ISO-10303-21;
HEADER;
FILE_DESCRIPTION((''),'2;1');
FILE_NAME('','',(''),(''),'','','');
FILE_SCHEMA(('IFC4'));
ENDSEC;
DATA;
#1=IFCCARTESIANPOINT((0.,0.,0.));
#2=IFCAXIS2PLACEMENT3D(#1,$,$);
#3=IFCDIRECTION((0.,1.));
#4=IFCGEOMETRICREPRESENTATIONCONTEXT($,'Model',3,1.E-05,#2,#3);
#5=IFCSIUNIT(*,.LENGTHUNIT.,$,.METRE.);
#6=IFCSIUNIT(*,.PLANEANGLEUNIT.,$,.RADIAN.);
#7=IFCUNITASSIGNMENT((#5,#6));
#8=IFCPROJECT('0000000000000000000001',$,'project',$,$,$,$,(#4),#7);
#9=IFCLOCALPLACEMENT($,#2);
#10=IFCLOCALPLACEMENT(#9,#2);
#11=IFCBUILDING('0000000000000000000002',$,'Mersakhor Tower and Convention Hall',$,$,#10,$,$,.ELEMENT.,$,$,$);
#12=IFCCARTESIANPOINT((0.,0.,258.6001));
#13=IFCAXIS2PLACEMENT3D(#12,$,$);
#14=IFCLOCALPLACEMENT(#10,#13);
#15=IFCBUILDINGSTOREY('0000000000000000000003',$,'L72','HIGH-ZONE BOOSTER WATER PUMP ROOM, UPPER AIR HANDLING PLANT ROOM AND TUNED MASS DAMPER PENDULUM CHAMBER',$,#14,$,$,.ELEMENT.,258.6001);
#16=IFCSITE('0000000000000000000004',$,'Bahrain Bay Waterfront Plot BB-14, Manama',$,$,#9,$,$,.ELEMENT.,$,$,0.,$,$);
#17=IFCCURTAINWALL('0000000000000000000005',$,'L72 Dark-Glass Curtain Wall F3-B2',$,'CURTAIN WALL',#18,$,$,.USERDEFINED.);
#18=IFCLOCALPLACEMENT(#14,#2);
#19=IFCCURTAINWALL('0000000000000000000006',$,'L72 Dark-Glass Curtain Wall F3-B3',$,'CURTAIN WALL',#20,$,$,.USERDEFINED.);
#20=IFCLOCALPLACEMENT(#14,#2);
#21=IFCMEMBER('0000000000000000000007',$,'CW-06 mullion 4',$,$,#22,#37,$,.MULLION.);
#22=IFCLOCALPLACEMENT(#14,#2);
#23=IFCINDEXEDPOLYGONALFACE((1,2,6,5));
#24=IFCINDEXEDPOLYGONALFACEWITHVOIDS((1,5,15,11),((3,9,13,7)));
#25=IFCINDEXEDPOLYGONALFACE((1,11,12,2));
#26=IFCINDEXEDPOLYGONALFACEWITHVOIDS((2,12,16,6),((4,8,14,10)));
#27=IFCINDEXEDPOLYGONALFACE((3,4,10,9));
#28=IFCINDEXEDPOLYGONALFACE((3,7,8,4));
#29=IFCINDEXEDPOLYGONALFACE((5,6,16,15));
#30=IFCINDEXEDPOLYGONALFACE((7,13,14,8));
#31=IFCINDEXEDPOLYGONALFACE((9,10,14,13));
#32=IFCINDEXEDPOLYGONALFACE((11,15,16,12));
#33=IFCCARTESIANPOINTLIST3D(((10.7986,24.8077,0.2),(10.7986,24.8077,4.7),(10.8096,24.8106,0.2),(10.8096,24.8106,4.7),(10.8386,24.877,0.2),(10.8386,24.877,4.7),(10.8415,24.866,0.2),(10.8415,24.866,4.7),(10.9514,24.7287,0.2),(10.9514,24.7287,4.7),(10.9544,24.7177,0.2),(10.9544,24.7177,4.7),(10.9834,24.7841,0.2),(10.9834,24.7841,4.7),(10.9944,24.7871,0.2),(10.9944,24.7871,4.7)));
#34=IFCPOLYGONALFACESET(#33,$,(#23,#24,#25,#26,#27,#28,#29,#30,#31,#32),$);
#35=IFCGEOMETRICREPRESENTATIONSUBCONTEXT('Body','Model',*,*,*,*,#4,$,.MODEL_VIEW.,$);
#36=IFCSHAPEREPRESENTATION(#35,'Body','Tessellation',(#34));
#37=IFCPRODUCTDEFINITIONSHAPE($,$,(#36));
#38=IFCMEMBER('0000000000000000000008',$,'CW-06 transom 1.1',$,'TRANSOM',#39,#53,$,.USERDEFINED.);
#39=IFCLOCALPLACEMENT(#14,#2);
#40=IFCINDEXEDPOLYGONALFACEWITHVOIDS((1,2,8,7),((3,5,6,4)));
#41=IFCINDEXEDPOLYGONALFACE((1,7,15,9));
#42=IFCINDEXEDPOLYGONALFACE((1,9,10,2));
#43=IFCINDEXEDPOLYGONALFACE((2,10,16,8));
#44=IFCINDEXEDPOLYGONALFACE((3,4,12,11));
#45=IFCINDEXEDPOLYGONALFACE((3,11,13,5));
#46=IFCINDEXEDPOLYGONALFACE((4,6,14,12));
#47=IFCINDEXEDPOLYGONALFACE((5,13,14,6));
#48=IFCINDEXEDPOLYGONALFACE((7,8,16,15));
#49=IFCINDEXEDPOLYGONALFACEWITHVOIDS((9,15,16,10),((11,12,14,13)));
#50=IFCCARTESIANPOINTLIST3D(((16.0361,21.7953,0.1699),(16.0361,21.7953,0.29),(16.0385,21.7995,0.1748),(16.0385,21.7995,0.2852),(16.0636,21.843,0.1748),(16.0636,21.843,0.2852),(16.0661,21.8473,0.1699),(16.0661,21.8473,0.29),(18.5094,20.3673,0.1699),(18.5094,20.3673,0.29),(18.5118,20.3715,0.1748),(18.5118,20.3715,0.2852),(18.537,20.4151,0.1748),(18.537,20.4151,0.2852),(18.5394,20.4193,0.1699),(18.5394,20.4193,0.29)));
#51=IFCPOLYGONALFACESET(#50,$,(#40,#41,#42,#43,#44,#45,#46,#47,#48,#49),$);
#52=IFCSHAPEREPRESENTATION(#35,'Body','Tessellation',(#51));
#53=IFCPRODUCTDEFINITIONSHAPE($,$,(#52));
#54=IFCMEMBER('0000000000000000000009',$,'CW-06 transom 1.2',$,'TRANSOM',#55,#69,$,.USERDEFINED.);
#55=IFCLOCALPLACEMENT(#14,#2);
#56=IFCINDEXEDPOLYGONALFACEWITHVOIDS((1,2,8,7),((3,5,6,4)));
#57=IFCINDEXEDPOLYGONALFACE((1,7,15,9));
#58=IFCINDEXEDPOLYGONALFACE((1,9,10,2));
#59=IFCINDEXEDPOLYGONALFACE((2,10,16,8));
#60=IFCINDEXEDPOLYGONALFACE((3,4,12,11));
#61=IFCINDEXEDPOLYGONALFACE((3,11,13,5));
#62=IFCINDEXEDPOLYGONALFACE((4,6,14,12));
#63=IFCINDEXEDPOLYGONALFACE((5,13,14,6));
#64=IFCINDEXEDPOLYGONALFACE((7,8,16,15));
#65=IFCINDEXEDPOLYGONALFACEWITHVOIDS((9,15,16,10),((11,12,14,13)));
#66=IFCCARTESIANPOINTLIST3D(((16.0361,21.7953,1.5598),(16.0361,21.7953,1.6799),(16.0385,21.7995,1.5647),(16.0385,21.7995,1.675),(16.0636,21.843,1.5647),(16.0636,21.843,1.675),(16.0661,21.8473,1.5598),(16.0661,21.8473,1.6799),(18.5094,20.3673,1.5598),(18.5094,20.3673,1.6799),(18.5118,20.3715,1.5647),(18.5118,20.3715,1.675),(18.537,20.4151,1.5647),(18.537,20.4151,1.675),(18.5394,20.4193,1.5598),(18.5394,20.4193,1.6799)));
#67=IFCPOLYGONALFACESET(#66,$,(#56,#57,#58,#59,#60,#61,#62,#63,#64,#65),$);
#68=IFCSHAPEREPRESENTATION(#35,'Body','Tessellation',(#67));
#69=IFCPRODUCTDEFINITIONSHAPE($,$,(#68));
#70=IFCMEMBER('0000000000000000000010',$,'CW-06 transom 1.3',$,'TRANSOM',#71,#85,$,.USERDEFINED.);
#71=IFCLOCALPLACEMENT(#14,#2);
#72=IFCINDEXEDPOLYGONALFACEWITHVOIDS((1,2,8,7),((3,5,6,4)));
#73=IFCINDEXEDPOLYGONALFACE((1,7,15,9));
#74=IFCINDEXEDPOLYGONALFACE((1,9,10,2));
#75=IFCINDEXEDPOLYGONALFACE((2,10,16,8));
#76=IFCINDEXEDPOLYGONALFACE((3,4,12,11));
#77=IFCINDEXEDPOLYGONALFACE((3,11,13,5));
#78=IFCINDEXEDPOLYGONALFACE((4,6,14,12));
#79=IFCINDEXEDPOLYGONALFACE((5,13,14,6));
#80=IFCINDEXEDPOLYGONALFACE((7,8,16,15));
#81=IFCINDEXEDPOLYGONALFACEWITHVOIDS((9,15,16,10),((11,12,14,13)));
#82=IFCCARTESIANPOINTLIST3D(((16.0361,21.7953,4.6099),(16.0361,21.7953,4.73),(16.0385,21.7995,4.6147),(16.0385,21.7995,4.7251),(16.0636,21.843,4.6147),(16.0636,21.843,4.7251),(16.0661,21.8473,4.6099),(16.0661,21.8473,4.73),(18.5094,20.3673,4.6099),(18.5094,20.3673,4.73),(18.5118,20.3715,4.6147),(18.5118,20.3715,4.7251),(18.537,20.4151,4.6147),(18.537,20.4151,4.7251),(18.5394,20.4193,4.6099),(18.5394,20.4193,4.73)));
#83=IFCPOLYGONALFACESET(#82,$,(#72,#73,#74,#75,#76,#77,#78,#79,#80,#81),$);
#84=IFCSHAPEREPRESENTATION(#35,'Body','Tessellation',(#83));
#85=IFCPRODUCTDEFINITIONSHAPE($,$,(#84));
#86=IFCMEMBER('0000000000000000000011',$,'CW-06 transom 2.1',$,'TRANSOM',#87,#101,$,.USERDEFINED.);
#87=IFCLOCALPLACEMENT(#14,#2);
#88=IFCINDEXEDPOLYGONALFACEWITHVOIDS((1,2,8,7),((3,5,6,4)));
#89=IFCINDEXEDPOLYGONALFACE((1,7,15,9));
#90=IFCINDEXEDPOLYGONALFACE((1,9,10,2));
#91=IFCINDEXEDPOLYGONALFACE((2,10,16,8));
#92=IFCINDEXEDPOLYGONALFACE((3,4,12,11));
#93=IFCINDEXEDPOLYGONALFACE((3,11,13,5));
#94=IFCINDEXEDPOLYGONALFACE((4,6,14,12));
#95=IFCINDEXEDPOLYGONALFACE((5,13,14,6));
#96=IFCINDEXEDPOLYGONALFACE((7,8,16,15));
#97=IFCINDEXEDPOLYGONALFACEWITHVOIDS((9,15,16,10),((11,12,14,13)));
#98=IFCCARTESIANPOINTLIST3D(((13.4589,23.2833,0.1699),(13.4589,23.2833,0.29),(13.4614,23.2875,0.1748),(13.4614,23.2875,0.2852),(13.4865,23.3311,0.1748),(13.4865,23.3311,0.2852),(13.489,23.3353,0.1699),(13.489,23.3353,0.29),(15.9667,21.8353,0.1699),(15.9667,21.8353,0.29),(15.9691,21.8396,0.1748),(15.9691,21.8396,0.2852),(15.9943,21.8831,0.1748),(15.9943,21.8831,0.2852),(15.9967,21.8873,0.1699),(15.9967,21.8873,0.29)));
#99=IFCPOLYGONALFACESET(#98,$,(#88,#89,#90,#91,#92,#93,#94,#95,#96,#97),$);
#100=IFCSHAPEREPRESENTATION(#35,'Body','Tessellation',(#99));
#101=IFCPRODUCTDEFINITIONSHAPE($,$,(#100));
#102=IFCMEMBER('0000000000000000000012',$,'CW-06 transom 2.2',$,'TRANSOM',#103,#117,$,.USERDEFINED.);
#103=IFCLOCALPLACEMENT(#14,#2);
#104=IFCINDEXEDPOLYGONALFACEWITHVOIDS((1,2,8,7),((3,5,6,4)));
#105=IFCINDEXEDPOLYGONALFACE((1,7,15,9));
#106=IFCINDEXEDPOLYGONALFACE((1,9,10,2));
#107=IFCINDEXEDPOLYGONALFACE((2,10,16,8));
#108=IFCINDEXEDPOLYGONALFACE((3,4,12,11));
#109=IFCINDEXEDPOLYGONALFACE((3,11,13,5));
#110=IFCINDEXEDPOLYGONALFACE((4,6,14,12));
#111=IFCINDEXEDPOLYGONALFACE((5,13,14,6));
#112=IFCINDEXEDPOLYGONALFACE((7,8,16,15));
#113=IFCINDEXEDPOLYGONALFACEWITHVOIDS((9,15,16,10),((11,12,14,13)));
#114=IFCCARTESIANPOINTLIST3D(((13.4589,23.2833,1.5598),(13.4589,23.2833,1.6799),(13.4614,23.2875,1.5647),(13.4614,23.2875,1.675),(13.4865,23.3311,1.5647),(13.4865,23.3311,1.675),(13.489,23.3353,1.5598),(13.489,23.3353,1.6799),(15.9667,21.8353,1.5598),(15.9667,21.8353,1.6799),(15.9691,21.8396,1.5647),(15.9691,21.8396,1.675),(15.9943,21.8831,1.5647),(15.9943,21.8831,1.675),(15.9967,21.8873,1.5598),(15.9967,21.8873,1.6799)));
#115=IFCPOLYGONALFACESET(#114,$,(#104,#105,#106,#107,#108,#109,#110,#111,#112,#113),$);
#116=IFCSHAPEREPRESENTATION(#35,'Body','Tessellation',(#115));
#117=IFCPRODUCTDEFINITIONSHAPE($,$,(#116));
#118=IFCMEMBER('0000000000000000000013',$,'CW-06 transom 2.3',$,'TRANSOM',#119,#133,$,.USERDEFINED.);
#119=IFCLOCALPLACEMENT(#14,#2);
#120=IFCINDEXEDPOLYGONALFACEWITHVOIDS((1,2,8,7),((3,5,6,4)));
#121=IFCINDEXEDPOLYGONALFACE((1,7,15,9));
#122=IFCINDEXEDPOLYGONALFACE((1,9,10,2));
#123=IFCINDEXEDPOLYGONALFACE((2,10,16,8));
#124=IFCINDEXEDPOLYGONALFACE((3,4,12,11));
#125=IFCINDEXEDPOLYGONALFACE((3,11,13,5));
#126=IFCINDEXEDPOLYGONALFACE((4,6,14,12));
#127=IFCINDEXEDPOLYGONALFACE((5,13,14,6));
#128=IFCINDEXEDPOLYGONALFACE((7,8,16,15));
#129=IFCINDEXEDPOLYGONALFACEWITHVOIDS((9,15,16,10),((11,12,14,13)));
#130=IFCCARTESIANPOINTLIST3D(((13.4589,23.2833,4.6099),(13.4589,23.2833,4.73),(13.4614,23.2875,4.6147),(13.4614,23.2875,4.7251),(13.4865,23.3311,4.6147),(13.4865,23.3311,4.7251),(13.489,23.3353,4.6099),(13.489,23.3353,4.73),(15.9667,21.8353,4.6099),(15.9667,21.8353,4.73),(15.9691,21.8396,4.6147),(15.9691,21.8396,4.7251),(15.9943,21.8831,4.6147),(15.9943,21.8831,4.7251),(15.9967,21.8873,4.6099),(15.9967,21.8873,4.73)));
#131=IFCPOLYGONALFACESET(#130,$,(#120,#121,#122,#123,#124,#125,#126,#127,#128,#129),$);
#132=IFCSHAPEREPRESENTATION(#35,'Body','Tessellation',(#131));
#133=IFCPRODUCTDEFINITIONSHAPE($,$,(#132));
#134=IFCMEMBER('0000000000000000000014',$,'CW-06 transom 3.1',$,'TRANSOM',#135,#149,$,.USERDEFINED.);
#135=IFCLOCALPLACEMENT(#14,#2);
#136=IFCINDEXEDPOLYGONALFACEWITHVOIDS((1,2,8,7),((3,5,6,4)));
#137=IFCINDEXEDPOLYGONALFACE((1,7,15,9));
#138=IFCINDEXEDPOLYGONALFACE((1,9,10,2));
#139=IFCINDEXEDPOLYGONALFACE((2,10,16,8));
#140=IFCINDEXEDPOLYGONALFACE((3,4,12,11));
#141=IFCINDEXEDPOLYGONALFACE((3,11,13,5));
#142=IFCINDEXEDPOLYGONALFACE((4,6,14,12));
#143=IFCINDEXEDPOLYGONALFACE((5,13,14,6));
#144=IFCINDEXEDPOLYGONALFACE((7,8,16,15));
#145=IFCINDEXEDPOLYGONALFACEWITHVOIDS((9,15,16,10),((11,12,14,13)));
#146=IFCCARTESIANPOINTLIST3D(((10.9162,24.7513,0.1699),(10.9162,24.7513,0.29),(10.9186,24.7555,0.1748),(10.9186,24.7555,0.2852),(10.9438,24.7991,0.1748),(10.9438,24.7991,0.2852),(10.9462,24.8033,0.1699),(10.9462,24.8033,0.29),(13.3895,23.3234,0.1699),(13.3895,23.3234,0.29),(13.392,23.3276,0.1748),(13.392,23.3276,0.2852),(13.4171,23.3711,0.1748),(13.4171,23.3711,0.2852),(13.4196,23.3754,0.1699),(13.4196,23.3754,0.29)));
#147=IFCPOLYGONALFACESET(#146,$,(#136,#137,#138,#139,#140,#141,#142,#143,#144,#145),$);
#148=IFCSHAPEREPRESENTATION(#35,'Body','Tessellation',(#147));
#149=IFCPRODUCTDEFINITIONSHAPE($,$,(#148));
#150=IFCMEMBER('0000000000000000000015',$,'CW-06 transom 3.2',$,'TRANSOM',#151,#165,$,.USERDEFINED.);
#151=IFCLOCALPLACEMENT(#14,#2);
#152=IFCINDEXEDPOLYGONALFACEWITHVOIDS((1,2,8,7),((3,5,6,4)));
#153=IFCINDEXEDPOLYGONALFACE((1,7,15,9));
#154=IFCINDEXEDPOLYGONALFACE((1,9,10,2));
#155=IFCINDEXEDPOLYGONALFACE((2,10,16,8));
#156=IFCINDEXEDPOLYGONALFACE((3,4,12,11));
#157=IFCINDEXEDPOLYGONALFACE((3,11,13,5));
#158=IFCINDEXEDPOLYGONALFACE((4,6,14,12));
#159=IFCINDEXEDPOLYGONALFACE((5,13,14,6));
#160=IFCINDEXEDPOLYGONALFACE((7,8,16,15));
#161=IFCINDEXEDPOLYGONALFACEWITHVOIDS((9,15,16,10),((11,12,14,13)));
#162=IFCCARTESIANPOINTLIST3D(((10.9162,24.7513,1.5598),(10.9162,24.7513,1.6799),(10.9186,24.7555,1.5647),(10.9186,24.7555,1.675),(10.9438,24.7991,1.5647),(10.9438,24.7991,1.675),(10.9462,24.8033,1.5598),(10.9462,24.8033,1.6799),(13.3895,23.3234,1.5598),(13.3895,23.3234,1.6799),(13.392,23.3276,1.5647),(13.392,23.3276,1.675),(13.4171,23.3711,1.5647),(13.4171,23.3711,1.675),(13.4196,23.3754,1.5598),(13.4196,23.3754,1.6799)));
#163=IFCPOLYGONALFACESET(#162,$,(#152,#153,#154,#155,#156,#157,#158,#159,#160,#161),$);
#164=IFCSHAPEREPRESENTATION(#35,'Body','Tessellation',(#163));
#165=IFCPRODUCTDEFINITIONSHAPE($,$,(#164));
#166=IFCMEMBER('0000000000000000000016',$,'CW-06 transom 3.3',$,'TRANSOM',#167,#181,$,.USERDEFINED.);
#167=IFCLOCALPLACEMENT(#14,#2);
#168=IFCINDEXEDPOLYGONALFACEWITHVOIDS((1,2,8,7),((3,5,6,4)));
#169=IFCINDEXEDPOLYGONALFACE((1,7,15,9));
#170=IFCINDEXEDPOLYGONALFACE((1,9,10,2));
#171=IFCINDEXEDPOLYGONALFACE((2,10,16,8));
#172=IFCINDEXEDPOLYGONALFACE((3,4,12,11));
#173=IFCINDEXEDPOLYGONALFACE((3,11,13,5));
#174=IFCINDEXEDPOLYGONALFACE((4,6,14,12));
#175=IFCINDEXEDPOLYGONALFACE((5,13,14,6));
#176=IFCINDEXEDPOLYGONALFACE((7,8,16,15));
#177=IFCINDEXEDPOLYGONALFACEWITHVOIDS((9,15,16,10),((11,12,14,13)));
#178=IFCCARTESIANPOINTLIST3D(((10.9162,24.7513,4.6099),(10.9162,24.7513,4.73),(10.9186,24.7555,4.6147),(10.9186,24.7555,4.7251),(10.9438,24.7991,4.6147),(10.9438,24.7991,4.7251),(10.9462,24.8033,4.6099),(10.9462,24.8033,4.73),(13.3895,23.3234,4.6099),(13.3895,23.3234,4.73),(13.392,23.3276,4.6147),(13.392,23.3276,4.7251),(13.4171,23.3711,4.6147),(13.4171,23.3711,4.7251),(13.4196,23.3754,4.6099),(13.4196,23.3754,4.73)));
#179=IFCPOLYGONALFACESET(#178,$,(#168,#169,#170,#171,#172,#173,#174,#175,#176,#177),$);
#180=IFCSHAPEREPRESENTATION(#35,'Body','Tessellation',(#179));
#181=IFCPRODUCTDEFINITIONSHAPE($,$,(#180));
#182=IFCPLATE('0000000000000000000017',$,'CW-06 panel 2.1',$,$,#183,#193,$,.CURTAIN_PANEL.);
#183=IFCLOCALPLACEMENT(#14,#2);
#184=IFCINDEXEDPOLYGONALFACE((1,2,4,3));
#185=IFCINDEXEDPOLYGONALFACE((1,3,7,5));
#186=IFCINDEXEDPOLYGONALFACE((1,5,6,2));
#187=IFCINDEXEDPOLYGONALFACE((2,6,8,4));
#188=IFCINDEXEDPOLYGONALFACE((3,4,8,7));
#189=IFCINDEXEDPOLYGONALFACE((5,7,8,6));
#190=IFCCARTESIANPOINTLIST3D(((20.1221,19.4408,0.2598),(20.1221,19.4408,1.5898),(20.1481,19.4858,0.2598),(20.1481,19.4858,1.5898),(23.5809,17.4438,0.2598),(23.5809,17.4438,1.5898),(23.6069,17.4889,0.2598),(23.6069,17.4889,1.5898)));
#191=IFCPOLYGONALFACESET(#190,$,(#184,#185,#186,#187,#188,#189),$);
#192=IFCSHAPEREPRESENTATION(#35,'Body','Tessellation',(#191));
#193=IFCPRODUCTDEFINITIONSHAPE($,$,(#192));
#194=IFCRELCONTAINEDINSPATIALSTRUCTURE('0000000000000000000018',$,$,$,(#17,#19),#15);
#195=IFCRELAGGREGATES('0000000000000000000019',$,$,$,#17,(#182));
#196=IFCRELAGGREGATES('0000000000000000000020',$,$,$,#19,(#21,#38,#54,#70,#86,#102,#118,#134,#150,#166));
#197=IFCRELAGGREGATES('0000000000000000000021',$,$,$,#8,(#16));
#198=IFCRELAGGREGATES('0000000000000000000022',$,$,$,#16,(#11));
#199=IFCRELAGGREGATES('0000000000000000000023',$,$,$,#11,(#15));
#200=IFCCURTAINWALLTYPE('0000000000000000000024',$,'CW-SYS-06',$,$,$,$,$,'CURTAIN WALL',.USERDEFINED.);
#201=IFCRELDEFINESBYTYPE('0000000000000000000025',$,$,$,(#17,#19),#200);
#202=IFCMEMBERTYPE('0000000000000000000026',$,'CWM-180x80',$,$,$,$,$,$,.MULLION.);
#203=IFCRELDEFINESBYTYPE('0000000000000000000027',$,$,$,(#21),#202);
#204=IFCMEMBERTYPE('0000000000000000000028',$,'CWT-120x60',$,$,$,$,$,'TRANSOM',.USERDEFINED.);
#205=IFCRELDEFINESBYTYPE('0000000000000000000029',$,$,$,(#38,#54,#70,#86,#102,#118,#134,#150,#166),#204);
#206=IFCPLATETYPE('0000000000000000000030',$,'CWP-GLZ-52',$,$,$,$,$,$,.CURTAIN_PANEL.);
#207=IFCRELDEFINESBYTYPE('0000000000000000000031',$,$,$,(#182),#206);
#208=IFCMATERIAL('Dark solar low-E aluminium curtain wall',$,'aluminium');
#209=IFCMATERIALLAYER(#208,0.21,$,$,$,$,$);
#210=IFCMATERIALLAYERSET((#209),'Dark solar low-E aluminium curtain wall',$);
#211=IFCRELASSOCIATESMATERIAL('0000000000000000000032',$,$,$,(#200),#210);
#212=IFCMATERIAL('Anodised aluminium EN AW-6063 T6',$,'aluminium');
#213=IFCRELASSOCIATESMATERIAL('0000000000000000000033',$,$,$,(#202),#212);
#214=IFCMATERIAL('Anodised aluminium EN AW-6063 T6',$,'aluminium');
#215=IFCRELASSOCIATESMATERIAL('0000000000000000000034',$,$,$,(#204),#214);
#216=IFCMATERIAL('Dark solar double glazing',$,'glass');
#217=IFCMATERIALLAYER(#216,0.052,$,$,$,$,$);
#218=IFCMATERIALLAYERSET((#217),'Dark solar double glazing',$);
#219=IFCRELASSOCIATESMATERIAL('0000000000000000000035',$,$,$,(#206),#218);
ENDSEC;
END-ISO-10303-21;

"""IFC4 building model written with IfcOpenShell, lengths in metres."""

from ifc_helpers import new_model, si_unit, direction, frame, origin, origin_2d, place, context, subcontext, project, spatial, rectangle, hollow_rectangle, extrude, material, layer, layer_set, material_profile, profile_set, type_object, element, aggregate, save


model = new_model("IFC4")

# Units and contexts
model_context = context("Model", 3, precision=1e-05, world=origin(), true_north=direction((0.0, 1.0)))
body_context = subcontext(model_context, "Body", "Model", "MODEL_VIEW")
ifc_project = project(units=[si_unit("LENGTHUNIT", "METRE"), si_unit("PLANEANGLEUNIT", "RADIAN")], contexts=[model_context])

# Site, building, storey
site_placement = place(None, origin())
site = spatial("IfcSite", under=ifc_project, at=site_placement, Name="Bahrain Bay Waterfront Plot BB-14, Manama", CompositionType="ELEMENT", RefElevation=0.0)
building_placement = place(site_placement, origin())
building = spatial("IfcBuilding", under=site, at=building_placement, Name="Mersakhor Tower and Convention Hall", CompositionType="ELEMENT")
storey_placement = place(building_placement, frame((0.0, 0.0, 258.6001)))
storey = spatial("IfcBuildingStorey", under=building, at=storey_placement, Name="L72", Description="HIGH-ZONE BOOSTER WATER PUMP ROOM, UPPER AIR HANDLING PLANT ROOM AND TUNED MASS DAMPER PENDULUM CHAMBER", CompositionType="ELEMENT", Elevation=258.6001)

# Curtain wall
ifc_material_1 = material(Name="Dark solar low-E aluminium curtain wall", Category="aluminium")
ifc_layer_1 = layer(ifc_material_1, 0.21)
ifc_layer_set_1 = layer_set([ifc_layer_1], Name="Dark solar low-E aluminium curtain wall")
curtain_wall_type = type_object("IfcCurtainWallType", Name="CW-SYS-06", ElementType="CURTAIN WALL", PredefinedType="USERDEFINED", material=ifc_layer_set_1)
curtain_wall_1_placement = place(storey_placement, origin())
curtain_wall_1 = element("IfcCurtainWall", 1, at=curtain_wall_1_placement, inside=storey, type_object=curtain_wall_type, Name="L72 Dark-Glass Curtain Wall F3-B2", ObjectType="CURTAIN WALL", PredefinedType="USERDEFINED")
ifc_material_2 = material(Name="Anodised aluminium EN AW-6063 T6", Category="aluminium")
ifc_material_profile_1 = material_profile(ifc_material_2, hollow_rectangle(XDim=0.0801, YDim=0.1799, WallThickness=0.0081, at=origin_2d()), Name="RHS 180x80x8")
ifc_profile_set_1 = profile_set([ifc_material_profile_1], Name="Anodised aluminium EN AW-6063 T6")
member_type_1 = type_object("IfcMemberType", Name="CWM-180x80", PredefinedType="MULLION", material=ifc_profile_set_1)

# Curtain wall, members
curtain_wall_2_placement = place(storey_placement, origin())
curtain_wall_2 = element("IfcCurtainWall", 2, at=curtain_wall_2_placement, inside=storey, type_object=curtain_wall_type, Name="L72 Dark-Glass Curtain Wall F3-B3", ObjectType="CURTAIN WALL", PredefinedType="USERDEFINED")
member_1_placement = place(storey_placement, frame((10.8965, 24.7974, 0.2), z_axis=(0.0, 0.0, 1.0), x_axis=(-0.5, -0.866025, 0.0)))
member_1 = element("IfcMember", 3, at=member_1_placement, type_object=member_type_1, Name="CW-06 mullion 4", PredefinedType="MULLION", context=body_context, shape_type="SweptSolid", body=[
    extrude(hollow_rectangle(XDim=0.0801, YDim=0.1799, WallThickness=0.0081, at=origin_2d()), origin(), (0.0, 0.0, 1.0), 4.5),
])
ifc_material_3 = material(Name="Anodised aluminium EN AW-6063 T6", Category="aluminium")
ifc_material_profile_2 = material_profile(ifc_material_3, hollow_rectangle(XDim=0.0601, YDim=0.1201, WallThickness=0.0049, at=origin_2d()), Name="RHS 120x60x5")
ifc_profile_set_2 = profile_set([ifc_material_profile_2], Name="Anodised aluminium EN AW-6063 T6")
member_type_2 = type_object("IfcMemberType", Name="CWT-120x60", ElementType="TRANSOM", PredefinedType="USERDEFINED", material=ifc_profile_set_2)
member_2_placement = place(storey_placement, frame((18.5244, 20.3933, 0.23), z_axis=(-0.86603, 0.499991, 0.0), x_axis=(-0.499991, -0.86603, 0.0)))
member_2 = element("IfcMember", 4, at=member_2_placement, type_object=member_type_2, Name="CW-06 transom 1.1", ObjectType="TRANSOM", PredefinedType="USERDEFINED", context=body_context, shape_type="SweptSolid", body=[
    extrude(hollow_rectangle(XDim=0.0601, YDim=0.1201, WallThickness=0.0049, at=origin_2d()), origin(), (0.0, 0.0, 1.0), 2.856),
])
member_3_placement = place(storey_placement, frame((18.5244, 20.3933, 1.6199), z_axis=(-0.86603, 0.499991, 0.0), x_axis=(-0.499991, -0.86603, 0.0)))
member_3 = element("IfcMember", 5, at=member_3_placement, type_object=member_type_2, Name="CW-06 transom 1.2", ObjectType="TRANSOM", PredefinedType="USERDEFINED", context=body_context, shape_type="SweptSolid", body=[
    extrude(hollow_rectangle(XDim=0.0601, YDim=0.1201, WallThickness=0.0049, at=origin_2d()), origin(), (0.0, 0.0, 1.0), 2.856),
])
member_4_placement = place(storey_placement, frame((18.5244, 20.3933, 4.6699), z_axis=(-0.86603, 0.499991, 0.0), x_axis=(-0.499991, -0.86603, 0.0)))
member_4 = element("IfcMember", 6, at=member_4_placement, type_object=member_type_2, Name="CW-06 transom 1.3", ObjectType="TRANSOM", PredefinedType="USERDEFINED", context=body_context, shape_type="SweptSolid", body=[
    extrude(hollow_rectangle(XDim=0.0601, YDim=0.1201, WallThickness=0.0049, at=origin_2d()), origin(), (0.0, 0.0, 1.0), 2.856),
])
member_5_placement = place(storey_placement, frame((15.9817, 21.8613, 0.23), z_axis=(-0.866009, 0.500029, 0.0), x_axis=(-0.500029, -0.866009, 0.0)))
member_5 = element("IfcMember", 7, at=member_5_placement, type_object=member_type_2, Name="CW-06 transom 2.1", ObjectType="TRANSOM", PredefinedType="USERDEFINED", context=body_context, shape_type="SweptSolid", body=[
    extrude(hollow_rectangle(XDim=0.0601, YDim=0.1201, WallThickness=0.0049, at=origin_2d()), origin(), (0.0, 0.0, 1.0), 2.8958),
])
member_6_placement = place(storey_placement, frame((15.9817, 21.8613, 1.6199), z_axis=(-0.866009, 0.500029, 0.0), x_axis=(-0.500029, -0.866009, 0.0)))
member_6 = element("IfcMember", 8, at=member_6_placement, type_object=member_type_2, Name="CW-06 transom 2.2", ObjectType="TRANSOM", PredefinedType="USERDEFINED", context=body_context, shape_type="SweptSolid", body=[
    extrude(hollow_rectangle(XDim=0.0601, YDim=0.1201, WallThickness=0.0049, at=origin_2d()), origin(), (0.0, 0.0, 1.0), 2.8958),
])
member_7_placement = place(storey_placement, frame((15.9817, 21.8613, 4.6699), z_axis=(-0.866009, 0.500029, 0.0), x_axis=(-0.500029, -0.866009, 0.0)))
member_7 = element("IfcMember", 9, at=member_7_placement, type_object=member_type_2, Name="CW-06 transom 2.3", ObjectType="TRANSOM", PredefinedType="USERDEFINED", context=body_context, shape_type="SweptSolid", body=[
    extrude(hollow_rectangle(XDim=0.0601, YDim=0.1201, WallThickness=0.0049, at=origin_2d()), origin(), (0.0, 0.0, 1.0), 2.8958),
])
member_8_placement = place(storey_placement, frame((13.4045, 23.3494, 0.23), z_axis=(-0.86603, 0.499991, 0.0), x_axis=(-0.499991, -0.86603, 0.0)))
member_8 = element("IfcMember", 10, at=member_8_placement, type_object=member_type_2, Name="CW-06 transom 3.1", ObjectType="TRANSOM", PredefinedType="USERDEFINED", context=body_context, shape_type="SweptSolid", body=[
    extrude(hollow_rectangle(XDim=0.0601, YDim=0.1201, WallThickness=0.0049, at=origin_2d()), origin(), (0.0, 0.0, 1.0), 2.856),
])
member_9_placement = place(storey_placement, frame((13.4045, 23.3494, 1.6199), z_axis=(-0.86603, 0.499991, 0.0), x_axis=(-0.499991, -0.86603, 0.0)))
member_9 = element("IfcMember", 11, at=member_9_placement, type_object=member_type_2, Name="CW-06 transom 3.2", ObjectType="TRANSOM", PredefinedType="USERDEFINED", context=body_context, shape_type="SweptSolid", body=[
    extrude(hollow_rectangle(XDim=0.0601, YDim=0.1201, WallThickness=0.0049, at=origin_2d()), origin(), (0.0, 0.0, 1.0), 2.856),
])
member_10_placement = place(storey_placement, frame((13.4045, 23.3494, 4.6699), z_axis=(-0.86603, 0.499991, 0.0), x_axis=(-0.499991, -0.86603, 0.0)))
member_10 = element("IfcMember", 12, at=member_10_placement, type_object=member_type_2, Name="CW-06 transom 3.3", ObjectType="TRANSOM", PredefinedType="USERDEFINED", context=body_context, shape_type="SweptSolid", body=[
    extrude(hollow_rectangle(XDim=0.0601, YDim=0.1201, WallThickness=0.0049, at=origin_2d()), origin(), (0.0, 0.0, 1.0), 2.856),
])

# Plate
ifc_material_4 = material(Name="Dark solar double glazing", Category="glass")
ifc_layer_2 = layer(ifc_material_4, 0.052)
ifc_layer_set_2 = layer_set([ifc_layer_2], Name="Dark solar double glazing")
plate_type = type_object("IfcPlateType", Name="CWP-GLZ-52", PredefinedType="CURTAIN_PANEL", material=ifc_layer_set_2)
plate_1_placement = place(storey_placement, frame((21.8645, 18.4648, 0.2598), z_axis=(0.0, 0.0, 1.0), x_axis=(-0.866023, 0.500004, 0.0)))
plate_1 = element("IfcPlate", 13, at=plate_1_placement, type_object=plate_type, Name="CW-06 panel 2.1", PredefinedType="CURTAIN_PANEL", context=body_context, shape_type="SweptSolid", body=[
    extrude(rectangle(XDim=3.9939, YDim=0.052, at=origin_2d()), origin(), (0.0, 0.0, 1.0), 1.3301),
])
aggregate(curtain_wall_1, [plate_1])
aggregate(curtain_wall_2, [member_1, member_2, member_3, member_4, member_5, member_6, member_7, member_8, member_9, member_10])

save(model, "model.ifc")
